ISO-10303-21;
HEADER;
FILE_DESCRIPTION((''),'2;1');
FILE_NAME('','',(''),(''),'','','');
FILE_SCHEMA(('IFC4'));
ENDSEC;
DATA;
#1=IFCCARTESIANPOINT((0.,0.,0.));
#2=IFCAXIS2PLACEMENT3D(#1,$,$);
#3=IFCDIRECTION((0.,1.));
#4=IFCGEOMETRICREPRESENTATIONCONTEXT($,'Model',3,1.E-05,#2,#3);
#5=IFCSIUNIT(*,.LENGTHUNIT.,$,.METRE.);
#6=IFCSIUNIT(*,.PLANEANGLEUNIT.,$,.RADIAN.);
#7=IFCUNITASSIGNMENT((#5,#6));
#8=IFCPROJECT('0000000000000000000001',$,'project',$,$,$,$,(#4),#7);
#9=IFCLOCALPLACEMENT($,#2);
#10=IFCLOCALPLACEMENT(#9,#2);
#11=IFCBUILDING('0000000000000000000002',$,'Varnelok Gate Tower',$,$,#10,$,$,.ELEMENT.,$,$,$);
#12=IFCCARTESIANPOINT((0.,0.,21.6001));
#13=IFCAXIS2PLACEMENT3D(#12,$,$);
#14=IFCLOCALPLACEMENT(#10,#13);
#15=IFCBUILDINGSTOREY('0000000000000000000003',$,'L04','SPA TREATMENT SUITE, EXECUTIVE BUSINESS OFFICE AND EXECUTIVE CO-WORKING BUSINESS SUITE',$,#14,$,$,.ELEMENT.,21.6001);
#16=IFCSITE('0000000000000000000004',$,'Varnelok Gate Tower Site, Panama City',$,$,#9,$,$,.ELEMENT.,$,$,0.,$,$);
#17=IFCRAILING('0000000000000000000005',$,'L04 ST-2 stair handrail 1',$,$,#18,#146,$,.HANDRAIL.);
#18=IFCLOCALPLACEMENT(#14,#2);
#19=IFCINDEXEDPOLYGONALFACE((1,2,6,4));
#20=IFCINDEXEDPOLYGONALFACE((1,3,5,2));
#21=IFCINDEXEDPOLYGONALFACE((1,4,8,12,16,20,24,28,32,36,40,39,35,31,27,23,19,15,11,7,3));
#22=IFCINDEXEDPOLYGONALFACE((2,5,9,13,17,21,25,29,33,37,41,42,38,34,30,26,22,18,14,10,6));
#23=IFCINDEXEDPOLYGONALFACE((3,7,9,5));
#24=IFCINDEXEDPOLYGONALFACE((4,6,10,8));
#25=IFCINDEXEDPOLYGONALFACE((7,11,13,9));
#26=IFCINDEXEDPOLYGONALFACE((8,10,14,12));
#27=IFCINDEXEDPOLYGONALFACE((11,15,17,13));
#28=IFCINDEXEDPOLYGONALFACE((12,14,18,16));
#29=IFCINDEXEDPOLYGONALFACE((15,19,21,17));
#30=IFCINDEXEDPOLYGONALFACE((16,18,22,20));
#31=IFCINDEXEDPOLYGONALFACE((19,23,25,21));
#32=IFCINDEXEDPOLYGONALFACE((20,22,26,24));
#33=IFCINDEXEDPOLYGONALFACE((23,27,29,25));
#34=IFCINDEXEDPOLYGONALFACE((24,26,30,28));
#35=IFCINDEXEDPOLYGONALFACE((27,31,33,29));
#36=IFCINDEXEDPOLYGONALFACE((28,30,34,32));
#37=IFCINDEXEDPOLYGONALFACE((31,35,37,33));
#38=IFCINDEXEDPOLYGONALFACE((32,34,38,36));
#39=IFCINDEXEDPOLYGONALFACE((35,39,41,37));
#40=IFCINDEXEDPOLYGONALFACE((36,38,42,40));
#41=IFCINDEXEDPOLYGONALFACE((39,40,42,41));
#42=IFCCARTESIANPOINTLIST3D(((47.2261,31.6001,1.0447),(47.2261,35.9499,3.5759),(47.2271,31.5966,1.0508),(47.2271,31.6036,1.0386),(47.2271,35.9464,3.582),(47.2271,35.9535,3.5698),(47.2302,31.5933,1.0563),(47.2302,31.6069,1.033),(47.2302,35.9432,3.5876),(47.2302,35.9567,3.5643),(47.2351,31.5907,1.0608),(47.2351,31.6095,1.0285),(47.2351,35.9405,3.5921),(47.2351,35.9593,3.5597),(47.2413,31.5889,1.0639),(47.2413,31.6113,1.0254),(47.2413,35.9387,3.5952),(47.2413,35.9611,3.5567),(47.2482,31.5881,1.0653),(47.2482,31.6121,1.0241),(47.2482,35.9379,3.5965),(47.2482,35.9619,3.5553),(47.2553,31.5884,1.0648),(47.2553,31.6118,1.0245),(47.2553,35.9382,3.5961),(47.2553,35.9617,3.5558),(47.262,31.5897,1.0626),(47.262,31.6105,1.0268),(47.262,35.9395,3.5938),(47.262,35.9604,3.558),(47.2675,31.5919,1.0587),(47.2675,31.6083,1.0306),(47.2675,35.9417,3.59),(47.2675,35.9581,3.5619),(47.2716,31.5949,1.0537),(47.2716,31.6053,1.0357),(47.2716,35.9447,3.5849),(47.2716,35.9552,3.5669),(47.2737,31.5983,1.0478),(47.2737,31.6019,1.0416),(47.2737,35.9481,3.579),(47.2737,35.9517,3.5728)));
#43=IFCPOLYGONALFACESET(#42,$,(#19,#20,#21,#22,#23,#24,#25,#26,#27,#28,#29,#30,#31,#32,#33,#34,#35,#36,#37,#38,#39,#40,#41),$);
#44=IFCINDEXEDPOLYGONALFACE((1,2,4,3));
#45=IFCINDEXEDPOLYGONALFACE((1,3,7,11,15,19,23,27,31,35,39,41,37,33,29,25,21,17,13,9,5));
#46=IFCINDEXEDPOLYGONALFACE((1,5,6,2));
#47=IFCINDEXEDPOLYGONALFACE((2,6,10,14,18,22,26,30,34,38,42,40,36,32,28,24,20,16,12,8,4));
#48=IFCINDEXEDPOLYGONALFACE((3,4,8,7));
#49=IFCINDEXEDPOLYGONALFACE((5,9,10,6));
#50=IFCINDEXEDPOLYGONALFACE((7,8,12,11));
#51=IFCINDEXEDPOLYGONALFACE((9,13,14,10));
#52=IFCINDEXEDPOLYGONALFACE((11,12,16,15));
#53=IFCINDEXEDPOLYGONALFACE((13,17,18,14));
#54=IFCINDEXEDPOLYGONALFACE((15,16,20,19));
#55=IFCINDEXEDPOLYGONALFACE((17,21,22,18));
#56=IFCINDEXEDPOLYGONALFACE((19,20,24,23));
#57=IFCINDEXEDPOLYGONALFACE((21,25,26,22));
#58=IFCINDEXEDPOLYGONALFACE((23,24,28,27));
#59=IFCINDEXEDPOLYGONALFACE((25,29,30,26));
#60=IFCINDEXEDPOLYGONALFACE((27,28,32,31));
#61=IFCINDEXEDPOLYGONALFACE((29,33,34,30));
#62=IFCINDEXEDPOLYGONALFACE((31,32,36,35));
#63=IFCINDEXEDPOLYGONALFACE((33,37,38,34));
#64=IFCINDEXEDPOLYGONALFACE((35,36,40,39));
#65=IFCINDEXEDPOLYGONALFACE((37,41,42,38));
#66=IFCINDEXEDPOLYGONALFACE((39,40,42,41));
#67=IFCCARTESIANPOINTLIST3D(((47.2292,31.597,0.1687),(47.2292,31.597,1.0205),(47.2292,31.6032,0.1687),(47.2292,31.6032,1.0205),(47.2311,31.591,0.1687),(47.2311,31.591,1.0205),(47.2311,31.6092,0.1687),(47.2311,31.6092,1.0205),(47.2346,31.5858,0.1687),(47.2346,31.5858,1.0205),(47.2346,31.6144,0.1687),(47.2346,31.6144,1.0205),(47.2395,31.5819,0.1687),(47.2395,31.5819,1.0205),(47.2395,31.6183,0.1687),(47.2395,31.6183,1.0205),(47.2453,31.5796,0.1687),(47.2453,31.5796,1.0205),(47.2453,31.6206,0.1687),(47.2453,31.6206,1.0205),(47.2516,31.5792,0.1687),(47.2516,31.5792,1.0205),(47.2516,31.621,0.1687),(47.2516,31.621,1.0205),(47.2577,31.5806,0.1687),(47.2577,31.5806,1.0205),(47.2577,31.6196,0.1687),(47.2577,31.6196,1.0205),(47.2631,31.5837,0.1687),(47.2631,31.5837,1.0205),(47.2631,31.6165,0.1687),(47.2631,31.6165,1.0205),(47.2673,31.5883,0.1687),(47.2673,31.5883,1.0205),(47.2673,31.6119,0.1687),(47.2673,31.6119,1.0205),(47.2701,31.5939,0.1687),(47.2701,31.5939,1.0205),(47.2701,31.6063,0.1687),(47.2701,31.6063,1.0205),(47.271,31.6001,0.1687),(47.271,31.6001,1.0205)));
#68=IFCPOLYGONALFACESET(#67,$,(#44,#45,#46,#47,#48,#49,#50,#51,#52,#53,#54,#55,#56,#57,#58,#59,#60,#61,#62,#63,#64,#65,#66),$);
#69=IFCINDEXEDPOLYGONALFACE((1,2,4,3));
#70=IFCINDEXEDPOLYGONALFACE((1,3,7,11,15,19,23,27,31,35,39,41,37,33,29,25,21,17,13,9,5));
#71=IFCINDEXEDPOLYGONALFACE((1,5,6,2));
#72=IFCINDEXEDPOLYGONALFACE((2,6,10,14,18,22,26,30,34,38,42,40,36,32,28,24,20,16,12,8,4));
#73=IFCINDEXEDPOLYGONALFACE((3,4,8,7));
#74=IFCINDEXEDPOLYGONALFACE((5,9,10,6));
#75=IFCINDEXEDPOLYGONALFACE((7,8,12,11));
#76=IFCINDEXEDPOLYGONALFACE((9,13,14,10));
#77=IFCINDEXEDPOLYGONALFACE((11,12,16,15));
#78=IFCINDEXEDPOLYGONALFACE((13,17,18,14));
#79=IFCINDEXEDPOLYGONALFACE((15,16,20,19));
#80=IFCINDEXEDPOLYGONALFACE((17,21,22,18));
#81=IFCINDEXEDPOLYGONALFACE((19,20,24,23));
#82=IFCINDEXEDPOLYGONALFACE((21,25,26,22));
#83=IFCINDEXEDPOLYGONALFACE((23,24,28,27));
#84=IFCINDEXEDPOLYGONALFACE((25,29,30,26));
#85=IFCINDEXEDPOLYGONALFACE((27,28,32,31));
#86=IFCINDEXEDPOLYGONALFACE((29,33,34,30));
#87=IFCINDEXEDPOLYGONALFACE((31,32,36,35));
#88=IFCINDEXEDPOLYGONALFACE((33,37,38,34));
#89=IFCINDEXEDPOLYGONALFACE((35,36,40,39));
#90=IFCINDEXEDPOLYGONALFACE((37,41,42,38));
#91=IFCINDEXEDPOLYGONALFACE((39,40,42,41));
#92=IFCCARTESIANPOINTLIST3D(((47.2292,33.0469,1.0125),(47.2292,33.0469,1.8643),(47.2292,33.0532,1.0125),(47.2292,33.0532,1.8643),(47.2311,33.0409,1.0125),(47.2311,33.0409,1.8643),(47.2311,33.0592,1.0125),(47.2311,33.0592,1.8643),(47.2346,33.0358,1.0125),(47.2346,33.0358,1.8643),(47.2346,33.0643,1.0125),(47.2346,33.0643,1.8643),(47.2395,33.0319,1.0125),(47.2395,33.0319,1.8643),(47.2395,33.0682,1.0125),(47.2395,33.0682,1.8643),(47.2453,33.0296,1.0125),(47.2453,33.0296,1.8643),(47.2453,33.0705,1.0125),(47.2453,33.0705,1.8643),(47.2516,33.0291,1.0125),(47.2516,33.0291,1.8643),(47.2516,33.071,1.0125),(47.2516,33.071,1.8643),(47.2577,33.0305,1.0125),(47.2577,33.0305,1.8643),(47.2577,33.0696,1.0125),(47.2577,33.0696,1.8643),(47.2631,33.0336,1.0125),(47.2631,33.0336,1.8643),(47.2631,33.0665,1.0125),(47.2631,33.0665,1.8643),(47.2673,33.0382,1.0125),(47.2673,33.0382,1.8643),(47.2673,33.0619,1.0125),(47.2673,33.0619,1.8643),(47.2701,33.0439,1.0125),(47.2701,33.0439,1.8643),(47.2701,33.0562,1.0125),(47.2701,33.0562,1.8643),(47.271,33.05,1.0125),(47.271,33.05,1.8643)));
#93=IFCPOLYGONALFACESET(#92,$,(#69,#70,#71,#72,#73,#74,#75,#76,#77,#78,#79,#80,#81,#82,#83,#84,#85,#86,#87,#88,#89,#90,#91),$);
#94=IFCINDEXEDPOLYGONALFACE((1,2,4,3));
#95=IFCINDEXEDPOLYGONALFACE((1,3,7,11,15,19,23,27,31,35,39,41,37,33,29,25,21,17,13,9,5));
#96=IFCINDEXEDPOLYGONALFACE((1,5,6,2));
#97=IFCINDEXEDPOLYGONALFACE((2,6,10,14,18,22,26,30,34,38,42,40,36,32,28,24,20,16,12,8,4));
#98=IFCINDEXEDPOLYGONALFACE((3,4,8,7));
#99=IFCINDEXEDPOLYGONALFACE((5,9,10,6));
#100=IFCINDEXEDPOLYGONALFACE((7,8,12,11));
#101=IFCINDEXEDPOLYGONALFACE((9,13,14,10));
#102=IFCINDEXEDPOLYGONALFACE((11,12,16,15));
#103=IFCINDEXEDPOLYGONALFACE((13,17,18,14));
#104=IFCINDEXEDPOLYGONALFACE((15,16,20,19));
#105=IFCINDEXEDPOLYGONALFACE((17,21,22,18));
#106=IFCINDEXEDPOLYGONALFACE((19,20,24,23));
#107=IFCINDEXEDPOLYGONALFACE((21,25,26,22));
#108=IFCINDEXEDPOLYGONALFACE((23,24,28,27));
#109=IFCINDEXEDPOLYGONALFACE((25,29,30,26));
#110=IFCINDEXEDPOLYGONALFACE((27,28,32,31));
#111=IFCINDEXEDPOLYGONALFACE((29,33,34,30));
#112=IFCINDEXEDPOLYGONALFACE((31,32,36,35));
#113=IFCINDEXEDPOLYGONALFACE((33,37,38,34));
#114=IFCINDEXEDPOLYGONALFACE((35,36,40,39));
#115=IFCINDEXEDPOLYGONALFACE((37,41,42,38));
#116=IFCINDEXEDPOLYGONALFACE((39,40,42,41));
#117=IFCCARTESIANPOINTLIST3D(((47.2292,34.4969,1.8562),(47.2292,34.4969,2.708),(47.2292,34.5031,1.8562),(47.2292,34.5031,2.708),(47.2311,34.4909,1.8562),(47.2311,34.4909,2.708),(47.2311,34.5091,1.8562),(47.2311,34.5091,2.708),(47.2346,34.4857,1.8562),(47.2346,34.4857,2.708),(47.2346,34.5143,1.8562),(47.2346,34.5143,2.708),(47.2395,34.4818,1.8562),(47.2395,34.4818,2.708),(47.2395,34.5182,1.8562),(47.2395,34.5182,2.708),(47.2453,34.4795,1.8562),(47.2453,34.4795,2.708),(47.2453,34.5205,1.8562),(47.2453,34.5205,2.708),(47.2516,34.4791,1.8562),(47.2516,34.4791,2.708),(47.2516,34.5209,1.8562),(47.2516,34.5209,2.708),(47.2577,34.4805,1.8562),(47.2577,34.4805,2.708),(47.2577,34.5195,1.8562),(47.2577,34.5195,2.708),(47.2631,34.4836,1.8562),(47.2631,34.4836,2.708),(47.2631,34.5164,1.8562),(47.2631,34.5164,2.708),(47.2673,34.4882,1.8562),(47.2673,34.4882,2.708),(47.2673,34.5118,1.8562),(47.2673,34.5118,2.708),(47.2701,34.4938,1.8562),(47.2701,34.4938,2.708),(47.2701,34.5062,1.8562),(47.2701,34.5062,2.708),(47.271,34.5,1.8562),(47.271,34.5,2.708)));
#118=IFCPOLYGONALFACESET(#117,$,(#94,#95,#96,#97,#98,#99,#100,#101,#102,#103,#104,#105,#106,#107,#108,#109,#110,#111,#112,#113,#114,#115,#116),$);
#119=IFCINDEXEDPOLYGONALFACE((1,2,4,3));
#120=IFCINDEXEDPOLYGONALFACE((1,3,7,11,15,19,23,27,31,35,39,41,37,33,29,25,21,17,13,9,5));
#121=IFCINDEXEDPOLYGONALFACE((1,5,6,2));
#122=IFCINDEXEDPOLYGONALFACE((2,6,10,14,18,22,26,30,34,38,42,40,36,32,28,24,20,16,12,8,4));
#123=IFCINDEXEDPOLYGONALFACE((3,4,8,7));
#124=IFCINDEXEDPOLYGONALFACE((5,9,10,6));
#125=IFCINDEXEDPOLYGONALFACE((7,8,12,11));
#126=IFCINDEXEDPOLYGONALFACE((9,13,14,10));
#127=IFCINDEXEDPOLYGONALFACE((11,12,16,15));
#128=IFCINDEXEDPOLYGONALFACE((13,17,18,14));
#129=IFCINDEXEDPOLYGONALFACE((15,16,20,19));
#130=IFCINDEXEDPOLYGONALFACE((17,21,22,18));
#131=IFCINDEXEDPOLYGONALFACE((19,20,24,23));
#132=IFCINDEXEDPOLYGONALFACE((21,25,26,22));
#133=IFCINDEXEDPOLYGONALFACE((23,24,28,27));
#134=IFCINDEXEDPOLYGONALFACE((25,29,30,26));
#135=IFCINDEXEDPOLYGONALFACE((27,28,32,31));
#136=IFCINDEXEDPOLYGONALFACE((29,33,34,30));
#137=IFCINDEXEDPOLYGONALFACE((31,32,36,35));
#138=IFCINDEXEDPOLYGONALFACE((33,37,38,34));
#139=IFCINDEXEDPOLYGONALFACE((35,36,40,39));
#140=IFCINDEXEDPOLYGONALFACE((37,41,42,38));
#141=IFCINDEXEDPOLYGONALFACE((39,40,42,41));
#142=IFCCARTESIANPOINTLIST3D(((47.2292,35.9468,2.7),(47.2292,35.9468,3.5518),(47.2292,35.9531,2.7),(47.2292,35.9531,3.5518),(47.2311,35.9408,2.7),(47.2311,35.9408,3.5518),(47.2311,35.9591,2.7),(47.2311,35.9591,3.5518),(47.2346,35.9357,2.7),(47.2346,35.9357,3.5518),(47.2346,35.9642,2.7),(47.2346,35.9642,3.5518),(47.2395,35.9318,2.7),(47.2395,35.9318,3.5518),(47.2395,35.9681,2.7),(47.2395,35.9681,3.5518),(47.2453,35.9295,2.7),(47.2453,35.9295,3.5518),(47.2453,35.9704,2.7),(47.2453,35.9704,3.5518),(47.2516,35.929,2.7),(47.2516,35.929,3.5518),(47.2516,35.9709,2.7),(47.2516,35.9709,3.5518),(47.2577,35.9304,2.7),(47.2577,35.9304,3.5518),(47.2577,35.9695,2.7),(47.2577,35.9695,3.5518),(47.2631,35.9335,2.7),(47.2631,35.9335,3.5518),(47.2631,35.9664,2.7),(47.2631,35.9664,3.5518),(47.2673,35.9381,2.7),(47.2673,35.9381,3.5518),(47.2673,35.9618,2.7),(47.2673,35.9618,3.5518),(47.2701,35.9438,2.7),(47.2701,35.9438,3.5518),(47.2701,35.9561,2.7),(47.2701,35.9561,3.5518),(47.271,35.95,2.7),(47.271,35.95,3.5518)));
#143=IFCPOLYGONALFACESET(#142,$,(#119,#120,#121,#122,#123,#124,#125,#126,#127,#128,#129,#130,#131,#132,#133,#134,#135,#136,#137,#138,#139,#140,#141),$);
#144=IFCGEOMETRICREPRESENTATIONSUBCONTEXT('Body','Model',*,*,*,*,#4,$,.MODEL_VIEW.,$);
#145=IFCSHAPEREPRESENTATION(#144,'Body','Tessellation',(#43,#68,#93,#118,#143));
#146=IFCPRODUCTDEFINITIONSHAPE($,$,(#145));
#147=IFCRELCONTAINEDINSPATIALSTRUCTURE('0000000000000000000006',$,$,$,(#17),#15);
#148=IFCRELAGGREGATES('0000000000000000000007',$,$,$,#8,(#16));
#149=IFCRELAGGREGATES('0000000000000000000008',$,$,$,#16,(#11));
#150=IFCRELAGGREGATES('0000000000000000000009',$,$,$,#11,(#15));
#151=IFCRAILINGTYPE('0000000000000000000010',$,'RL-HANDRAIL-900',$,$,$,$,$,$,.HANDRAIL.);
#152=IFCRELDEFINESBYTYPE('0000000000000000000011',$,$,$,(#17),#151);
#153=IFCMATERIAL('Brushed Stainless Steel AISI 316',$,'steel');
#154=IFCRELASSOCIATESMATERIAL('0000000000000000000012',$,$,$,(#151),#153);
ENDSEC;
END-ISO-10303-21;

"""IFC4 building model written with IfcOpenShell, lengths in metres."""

from ifc_helpers import new_model, si_unit, direction, frame, origin, origin_2d, place, context, subcontext, project, spatial, circle, extrude, material, type_object, element, save


model = new_model("IFC4")

# Units and contexts
model_context = context("Model", 3, precision=1e-05, world=origin(), true_north=direction((0.0, 1.0)))
body_context = subcontext(model_context, "Body", "Model", "MODEL_VIEW")
ifc_project = project(units=[si_unit("LENGTHUNIT", "METRE"), si_unit("PLANEANGLEUNIT", "RADIAN")], contexts=[model_context])

# Site, building, storey
site_placement = place(None, origin())
site = spatial("IfcSite", under=ifc_project, at=site_placement, Name="Varnelok Gate Tower Site, Panama City", CompositionType="ELEMENT", RefElevation=0.0)
building_placement = place(site_placement, origin())
building = spatial("IfcBuilding", under=site, at=building_placement, Name="Varnelok Gate Tower", CompositionType="ELEMENT")
storey_placement = place(building_placement, frame((0.0, 0.0, 21.6001)))
storey = spatial("IfcBuildingStorey", under=building, at=storey_placement, Name="L04", Description="SPA TREATMENT SUITE, EXECUTIVE BUSINESS OFFICE AND EXECUTIVE CO-WORKING BUSINESS SUITE", CompositionType="ELEMENT", Elevation=21.6001)

# Railing
ifc_material_1 = material(Name="Brushed Stainless Steel AISI 316", Category="steel")
railing_type_1 = type_object("IfcRailingType", Name="RL-HANDRAIL-900", PredefinedType="HANDRAIL", material=ifc_material_1)
railing_1_placement = place(storey_placement, frame((47.25, 31.6001, 0.1687)))
element("IfcRailing", 1, at=railing_1_placement, inside=storey, type_object=railing_type_1, Name="L04 ST-2 stair handrail 1", PredefinedType="HANDRAIL", context=body_context, shape_type="SweptSolid", body=[
    extrude(circle(Radius=0.0239, at=origin_2d()), frame((0.0, 0.0, 0.876), z_axis=(0.0, 0.864312, 0.502957), x_axis=(-1.0, 0.0, 0.0)), (0.0, 0.0, 1.0), 5.0327),
    extrude(circle(Radius=0.021, at=origin_2d()), origin(), (0.0, 0.0, 1.0), 0.8518),
    extrude(circle(Radius=0.021, at=origin_2d()), frame((0.0, 1.45, 0.8438)), (0.0, 0.0, 1.0), 0.8518),
    extrude(circle(Radius=0.021, at=origin_2d()), frame((0.0, 2.8999, 1.6875)), (0.0, 0.0, 1.0), 0.8518),
    extrude(circle(Radius=0.021, at=origin_2d()), frame((0.0, 4.3499, 2.5312)), (0.0, 0.0, 1.0), 0.8518),
])

save(model, "model.ifc")
